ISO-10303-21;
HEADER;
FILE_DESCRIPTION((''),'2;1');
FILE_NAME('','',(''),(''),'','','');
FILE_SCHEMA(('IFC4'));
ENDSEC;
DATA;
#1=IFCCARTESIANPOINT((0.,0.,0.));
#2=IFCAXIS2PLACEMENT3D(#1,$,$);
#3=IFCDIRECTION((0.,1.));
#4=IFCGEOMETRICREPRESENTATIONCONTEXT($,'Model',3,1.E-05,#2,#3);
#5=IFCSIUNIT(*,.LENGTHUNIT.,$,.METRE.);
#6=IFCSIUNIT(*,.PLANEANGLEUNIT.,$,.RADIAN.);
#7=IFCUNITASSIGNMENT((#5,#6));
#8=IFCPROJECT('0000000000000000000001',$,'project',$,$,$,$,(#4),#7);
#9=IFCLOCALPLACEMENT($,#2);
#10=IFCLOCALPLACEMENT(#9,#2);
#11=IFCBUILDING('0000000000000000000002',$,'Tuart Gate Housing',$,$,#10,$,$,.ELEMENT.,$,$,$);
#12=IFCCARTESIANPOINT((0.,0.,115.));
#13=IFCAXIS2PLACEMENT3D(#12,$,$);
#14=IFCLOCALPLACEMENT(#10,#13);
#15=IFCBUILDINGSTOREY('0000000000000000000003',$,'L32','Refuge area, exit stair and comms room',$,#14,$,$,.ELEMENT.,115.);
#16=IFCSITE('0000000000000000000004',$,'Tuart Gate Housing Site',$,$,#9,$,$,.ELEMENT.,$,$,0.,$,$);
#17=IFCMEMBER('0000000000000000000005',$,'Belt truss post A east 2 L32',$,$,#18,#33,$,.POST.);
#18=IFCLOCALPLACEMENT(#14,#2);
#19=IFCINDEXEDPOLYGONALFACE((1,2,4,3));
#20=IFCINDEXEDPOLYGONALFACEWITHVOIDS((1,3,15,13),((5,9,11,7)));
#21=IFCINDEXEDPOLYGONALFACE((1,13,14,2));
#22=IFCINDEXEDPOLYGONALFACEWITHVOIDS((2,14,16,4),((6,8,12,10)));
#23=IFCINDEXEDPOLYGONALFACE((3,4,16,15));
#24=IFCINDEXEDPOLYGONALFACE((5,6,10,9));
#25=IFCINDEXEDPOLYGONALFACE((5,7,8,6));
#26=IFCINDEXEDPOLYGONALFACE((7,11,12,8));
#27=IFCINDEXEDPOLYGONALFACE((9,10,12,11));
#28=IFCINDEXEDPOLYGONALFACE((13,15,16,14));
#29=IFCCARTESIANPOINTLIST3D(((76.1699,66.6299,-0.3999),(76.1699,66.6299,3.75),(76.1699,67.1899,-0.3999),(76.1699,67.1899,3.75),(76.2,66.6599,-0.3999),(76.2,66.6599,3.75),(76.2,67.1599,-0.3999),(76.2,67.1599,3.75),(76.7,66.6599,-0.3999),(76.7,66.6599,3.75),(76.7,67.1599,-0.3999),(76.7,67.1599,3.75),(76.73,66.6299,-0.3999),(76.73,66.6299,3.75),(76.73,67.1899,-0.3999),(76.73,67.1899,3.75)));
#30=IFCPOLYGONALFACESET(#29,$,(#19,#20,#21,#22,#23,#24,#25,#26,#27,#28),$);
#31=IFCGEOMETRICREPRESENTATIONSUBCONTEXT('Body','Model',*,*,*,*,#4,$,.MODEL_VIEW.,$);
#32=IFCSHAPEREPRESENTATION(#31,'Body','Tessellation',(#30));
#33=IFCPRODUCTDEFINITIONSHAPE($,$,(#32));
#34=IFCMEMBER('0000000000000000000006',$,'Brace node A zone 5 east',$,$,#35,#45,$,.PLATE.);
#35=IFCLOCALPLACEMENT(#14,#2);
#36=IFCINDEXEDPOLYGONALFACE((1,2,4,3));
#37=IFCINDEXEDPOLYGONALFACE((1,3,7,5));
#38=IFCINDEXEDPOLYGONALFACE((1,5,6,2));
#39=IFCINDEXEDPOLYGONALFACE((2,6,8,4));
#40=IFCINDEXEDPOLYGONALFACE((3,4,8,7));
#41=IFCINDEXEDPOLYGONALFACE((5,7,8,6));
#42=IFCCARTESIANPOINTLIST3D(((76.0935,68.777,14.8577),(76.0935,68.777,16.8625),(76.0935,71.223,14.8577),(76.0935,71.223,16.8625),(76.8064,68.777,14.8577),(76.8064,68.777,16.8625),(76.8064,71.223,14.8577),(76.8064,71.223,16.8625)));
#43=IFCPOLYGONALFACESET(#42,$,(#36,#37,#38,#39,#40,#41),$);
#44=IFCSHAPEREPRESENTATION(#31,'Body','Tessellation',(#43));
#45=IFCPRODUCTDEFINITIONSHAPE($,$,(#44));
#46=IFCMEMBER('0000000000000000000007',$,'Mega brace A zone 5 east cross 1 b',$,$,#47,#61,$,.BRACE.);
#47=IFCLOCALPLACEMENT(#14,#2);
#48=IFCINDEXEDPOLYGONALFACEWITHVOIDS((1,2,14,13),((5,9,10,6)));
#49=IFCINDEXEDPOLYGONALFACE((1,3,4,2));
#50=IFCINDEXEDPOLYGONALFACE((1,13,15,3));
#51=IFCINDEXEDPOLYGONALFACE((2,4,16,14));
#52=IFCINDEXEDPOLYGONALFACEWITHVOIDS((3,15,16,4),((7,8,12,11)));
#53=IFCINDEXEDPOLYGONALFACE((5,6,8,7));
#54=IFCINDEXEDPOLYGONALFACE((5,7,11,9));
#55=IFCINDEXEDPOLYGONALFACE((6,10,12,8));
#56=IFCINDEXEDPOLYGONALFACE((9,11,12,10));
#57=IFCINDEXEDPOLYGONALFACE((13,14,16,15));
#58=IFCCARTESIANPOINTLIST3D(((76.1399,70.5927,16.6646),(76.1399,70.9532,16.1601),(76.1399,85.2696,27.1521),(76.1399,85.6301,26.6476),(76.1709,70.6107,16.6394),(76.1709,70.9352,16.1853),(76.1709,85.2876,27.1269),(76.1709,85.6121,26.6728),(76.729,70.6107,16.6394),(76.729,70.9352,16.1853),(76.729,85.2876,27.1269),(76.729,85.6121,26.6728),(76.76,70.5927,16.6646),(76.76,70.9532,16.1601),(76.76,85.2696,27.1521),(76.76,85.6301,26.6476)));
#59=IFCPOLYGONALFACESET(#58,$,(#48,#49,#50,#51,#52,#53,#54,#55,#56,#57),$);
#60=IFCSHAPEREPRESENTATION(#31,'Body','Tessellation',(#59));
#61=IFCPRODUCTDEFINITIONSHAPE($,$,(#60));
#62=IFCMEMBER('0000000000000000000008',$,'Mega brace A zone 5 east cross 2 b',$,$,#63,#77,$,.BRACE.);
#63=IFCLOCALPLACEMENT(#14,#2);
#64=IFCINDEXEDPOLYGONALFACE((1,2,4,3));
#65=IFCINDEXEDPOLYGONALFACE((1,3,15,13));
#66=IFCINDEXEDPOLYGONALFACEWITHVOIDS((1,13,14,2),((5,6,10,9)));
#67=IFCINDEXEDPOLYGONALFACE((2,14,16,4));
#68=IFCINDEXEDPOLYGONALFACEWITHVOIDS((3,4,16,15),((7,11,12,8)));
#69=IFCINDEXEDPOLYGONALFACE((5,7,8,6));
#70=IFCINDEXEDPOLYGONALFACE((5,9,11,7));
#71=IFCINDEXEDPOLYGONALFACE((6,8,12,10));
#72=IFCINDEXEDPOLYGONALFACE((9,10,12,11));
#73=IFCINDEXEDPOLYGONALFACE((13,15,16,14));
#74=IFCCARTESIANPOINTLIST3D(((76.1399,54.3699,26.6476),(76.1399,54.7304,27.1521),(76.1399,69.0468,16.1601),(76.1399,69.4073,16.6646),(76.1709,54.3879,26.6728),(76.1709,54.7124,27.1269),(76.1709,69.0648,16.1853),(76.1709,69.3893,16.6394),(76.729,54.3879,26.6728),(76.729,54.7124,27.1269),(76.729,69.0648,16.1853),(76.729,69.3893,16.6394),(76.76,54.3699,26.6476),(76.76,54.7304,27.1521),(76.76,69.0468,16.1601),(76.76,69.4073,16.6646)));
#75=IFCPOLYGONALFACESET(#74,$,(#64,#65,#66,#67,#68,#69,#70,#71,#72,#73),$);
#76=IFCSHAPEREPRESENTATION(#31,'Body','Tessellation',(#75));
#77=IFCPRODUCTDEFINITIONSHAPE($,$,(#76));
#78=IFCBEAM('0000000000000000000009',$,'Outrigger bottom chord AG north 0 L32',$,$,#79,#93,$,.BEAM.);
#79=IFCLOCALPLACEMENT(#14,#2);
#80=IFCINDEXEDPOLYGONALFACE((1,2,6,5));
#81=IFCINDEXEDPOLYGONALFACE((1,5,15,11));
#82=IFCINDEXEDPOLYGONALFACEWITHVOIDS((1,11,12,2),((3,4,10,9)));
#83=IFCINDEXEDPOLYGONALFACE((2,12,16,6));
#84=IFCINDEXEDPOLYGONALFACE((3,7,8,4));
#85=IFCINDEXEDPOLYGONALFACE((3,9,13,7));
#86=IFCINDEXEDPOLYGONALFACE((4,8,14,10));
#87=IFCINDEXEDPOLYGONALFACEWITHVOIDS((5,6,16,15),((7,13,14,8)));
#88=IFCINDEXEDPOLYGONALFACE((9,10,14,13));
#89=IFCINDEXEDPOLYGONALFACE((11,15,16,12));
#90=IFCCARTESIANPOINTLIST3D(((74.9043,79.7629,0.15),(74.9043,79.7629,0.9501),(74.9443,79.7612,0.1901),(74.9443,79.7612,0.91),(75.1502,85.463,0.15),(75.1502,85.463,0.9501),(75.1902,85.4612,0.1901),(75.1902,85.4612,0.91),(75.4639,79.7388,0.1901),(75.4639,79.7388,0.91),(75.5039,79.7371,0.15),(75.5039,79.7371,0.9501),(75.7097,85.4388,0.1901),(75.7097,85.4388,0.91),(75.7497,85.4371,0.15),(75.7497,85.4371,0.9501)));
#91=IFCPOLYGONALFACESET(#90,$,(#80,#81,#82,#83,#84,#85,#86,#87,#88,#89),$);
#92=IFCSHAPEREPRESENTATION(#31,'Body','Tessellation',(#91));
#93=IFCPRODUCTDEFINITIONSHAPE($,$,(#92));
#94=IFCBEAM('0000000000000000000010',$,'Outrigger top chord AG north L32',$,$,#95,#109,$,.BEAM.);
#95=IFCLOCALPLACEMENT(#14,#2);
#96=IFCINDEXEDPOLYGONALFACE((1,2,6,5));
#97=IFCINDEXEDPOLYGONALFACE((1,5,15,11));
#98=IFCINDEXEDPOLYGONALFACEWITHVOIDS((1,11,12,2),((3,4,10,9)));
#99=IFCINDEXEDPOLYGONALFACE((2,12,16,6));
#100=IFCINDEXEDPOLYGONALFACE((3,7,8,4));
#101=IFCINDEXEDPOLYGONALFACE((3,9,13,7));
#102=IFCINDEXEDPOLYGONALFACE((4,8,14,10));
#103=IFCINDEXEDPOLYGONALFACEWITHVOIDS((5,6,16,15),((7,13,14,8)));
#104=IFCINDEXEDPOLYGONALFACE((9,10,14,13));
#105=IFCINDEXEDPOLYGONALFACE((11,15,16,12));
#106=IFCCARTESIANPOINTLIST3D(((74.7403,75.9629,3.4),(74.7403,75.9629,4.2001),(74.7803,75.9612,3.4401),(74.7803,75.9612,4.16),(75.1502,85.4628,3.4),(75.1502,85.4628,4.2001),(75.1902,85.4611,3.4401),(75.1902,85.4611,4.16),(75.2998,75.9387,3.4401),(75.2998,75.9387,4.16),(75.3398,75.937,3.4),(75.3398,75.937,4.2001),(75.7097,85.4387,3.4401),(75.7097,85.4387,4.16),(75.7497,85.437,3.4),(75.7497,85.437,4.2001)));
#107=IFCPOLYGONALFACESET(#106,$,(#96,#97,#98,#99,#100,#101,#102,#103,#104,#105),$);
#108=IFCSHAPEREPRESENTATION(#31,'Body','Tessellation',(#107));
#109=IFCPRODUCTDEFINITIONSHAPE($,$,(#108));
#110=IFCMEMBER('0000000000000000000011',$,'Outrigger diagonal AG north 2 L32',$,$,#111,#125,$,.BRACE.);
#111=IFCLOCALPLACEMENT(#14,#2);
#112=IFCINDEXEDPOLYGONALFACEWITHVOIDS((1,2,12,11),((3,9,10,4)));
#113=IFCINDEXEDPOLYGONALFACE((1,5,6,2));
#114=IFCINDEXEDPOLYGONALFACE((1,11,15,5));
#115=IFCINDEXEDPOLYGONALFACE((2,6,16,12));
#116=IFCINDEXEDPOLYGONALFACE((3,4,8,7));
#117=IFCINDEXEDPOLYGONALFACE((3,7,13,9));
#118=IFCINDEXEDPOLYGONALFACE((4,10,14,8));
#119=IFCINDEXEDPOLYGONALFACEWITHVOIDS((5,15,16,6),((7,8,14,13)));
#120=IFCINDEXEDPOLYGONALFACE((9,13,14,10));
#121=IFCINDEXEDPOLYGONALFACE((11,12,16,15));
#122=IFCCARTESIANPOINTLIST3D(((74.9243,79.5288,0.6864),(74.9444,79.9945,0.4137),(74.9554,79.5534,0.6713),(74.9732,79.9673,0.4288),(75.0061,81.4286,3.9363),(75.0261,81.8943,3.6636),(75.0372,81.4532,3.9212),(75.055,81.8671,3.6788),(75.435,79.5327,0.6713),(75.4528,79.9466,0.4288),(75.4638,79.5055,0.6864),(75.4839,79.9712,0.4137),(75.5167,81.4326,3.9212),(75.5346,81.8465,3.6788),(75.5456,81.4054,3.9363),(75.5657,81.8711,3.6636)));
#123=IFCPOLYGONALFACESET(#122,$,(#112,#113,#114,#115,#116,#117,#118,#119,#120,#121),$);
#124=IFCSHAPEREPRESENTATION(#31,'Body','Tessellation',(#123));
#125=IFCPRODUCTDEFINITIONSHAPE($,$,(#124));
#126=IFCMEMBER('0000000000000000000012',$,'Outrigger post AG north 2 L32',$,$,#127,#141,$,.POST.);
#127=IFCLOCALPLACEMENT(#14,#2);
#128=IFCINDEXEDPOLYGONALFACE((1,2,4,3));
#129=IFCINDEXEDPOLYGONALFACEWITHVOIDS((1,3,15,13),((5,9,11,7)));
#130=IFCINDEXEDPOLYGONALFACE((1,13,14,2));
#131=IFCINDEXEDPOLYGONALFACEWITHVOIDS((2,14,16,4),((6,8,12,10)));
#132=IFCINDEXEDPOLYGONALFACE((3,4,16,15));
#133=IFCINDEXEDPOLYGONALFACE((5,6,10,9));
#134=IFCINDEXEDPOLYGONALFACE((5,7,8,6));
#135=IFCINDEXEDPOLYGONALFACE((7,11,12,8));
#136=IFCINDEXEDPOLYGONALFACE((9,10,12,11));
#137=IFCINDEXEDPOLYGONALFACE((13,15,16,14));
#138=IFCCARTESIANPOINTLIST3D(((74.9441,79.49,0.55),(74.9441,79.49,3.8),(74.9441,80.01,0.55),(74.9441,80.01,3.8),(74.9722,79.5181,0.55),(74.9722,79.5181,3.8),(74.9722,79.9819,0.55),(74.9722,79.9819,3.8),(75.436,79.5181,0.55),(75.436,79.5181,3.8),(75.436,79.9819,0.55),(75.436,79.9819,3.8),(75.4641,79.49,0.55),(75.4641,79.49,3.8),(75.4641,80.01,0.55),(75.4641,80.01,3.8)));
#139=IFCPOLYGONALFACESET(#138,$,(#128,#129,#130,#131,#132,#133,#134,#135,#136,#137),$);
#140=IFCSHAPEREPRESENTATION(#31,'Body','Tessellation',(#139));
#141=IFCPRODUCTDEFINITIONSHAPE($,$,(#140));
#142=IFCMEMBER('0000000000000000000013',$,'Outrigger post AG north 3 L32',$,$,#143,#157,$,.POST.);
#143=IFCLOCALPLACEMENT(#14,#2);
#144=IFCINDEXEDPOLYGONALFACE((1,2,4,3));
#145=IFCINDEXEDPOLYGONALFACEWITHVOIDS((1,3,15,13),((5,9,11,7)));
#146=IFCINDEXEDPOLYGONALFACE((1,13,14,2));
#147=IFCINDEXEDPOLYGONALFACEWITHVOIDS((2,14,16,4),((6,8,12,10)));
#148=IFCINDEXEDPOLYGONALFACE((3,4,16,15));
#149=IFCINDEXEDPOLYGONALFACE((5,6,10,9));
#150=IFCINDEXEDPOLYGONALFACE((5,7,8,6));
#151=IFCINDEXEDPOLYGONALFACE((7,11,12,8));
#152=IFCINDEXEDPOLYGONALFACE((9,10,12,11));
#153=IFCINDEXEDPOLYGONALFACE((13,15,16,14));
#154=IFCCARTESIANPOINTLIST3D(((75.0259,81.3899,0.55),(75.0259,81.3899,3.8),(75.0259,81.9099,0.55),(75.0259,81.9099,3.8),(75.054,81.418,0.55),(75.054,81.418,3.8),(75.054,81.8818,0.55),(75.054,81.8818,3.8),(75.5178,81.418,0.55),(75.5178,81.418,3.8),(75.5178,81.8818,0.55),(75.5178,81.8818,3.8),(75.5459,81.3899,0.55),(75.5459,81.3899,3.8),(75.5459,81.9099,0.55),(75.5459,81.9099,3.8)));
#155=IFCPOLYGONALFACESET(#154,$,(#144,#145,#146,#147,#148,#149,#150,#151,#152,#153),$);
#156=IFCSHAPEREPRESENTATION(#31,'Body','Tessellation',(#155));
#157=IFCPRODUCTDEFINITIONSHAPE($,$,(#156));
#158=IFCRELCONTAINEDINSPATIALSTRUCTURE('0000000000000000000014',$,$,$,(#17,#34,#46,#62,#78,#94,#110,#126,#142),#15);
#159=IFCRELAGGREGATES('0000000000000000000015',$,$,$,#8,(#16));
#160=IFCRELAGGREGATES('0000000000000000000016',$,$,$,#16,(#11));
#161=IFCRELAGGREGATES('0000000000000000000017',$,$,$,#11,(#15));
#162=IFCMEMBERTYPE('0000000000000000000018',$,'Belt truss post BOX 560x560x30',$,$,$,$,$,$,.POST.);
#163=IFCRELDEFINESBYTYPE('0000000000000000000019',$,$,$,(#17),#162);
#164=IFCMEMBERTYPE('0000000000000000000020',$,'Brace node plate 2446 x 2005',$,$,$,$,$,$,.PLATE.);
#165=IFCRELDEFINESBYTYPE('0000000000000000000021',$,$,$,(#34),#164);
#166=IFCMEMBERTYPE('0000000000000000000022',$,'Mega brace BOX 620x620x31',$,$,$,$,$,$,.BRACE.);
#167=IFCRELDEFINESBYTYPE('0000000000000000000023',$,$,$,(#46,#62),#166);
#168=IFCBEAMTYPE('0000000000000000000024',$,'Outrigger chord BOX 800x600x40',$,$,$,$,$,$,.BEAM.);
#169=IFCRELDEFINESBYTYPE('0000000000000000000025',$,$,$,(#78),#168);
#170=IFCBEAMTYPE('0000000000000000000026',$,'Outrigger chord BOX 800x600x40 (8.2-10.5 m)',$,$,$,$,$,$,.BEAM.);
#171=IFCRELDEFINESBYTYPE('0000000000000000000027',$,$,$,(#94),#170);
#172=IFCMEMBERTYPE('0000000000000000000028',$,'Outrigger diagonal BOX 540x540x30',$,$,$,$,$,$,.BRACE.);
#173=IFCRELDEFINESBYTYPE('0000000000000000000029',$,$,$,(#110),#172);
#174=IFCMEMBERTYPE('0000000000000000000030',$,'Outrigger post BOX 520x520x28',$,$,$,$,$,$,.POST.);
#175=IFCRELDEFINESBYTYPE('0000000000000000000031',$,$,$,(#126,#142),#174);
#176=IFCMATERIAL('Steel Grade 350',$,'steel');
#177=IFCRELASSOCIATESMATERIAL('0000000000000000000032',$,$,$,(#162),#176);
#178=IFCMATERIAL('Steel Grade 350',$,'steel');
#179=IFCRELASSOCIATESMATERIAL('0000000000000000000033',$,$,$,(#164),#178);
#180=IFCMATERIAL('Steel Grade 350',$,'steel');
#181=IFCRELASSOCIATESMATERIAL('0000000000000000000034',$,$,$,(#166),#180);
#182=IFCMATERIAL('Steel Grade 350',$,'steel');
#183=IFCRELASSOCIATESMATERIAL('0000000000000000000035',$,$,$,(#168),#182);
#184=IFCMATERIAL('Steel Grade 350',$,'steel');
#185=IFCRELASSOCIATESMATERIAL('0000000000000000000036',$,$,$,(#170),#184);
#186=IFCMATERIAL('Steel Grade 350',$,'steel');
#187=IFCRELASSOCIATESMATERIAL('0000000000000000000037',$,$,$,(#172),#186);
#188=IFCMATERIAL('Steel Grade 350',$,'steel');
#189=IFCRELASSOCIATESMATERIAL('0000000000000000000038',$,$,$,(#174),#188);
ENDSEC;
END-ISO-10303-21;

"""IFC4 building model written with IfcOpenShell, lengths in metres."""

from ifc_helpers import new_model, si_unit, direction, frame, origin, origin_2d, place, context, subcontext, project, spatial, rectangle, hollow_rectangle, extrude, material, material_profile, profile_set, type_object, element, save


model = new_model("IFC4")

# Units and contexts
model_context = context("Model", 3, precision=1e-05, world=origin(), true_north=direction((0.0, 1.0)))
body_context = subcontext(model_context, "Body", "Model", "MODEL_VIEW")
ifc_project = project(units=[si_unit("LENGTHUNIT", "METRE"), si_unit("PLANEANGLEUNIT", "RADIAN")], contexts=[model_context])

# Site, building, storey
site_placement = place(None, origin())
site = spatial("IfcSite", under=ifc_project, at=site_placement, Name="Tuart Gate Housing Site", CompositionType="ELEMENT", RefElevation=0.0)
building_placement = place(site_placement, origin())
building = spatial("IfcBuilding", under=site, at=building_placement, Name="Tuart Gate Housing", CompositionType="ELEMENT")
storey_placement = place(building_placement, frame((0.0, 0.0, 115.0)))
storey = spatial("IfcBuildingStorey", under=building, at=storey_placement, Name="L32", Description="Refuge area, exit stair and comms room", CompositionType="ELEMENT", Elevation=115.0)

# Members
ifc_material_1 = material(Name="Steel Grade 350", Category="steel")
ifc_material_profile_1 = material_profile(ifc_material_1, hollow_rectangle(XDim=0.5601, YDim=0.5601, WallThickness=0.03, at=origin_2d()), Name="BOX 560x560x30")
ifc_profile_set_1 = profile_set([ifc_material_profile_1], Name="Steel Grade 350")
member_type_1 = type_object("IfcMemberType", Name="Belt truss post BOX 560x560x30", PredefinedType="POST", material=ifc_profile_set_1)
member_1_placement = place(storey_placement, frame((76.45, 66.9099, -0.3999), z_axis=(0.0, 0.0, 1.0), x_axis=(1.0, 0.0, 0.0)))
element("IfcMember", 1, at=member_1_placement, inside=storey, type_object=member_type_1, Name="Belt truss post A east 2 L32", PredefinedType="POST", context=body_context, shape_type="SweptSolid", body=[
    extrude(hollow_rectangle(XDim=0.5601, YDim=0.5601, WallThickness=0.03, at=origin_2d()), origin(), (0.0, 0.0, 1.0), 4.1499),
])
ifc_material_2 = material(Name="Steel Grade 350", Category="steel")
ifc_material_profile_2 = material_profile(ifc_material_2, rectangle(XDim=2.446, YDim=2.0049, at=origin_2d()), Name="Brace node plate 2446 x 2005")
ifc_profile_set_2 = profile_set([ifc_material_profile_2], Name="Steel Grade 350")
member_type_2 = type_object("IfcMemberType", Name="Brace node plate 2446 x 2005", PredefinedType="PLATE", material=ifc_profile_set_2)
member_2_placement = place(storey_placement, frame((76.0935, 70.0, 15.8601), z_axis=(1.0, 0.0, 0.0), x_axis=(0.0, 1.0, 0.0)))
element("IfcMember", 2, at=member_2_placement, inside=storey, type_object=member_type_2, Name="Brace node A zone 5 east", PredefinedType="PLATE", context=body_context, shape_type="SweptSolid", body=[
    extrude(rectangle(XDim=2.446, YDim=2.0049, at=origin_2d()), origin(), (0.0, 0.0, 1.0), 0.7129),
])
ifc_material_3 = material(Name="Steel Grade 350", Category="steel")
ifc_material_profile_3 = material_profile(ifc_material_3, hollow_rectangle(XDim=0.6201, YDim=0.6201, WallThickness=0.031, at=origin_2d()), Name="BOX 620x620x31")
ifc_profile_set_3 = profile_set([ifc_material_profile_3], Name="Steel Grade 350")
member_type_3 = type_object("IfcMemberType", Name="Mega brace BOX 620x620x31", PredefinedType="BRACE", material=ifc_profile_set_3)
for number, where, z_axis, x_axis, name in (
    (3, (76.45, 70.7729, 16.4124), (0.0, 0.813629, 0.581384), (-1.0, 0.0, 0.0), "Mega brace A zone 5 east cross 1 b"),
    (4, (76.45, 69.2271, 16.4124), (0.0, -0.813629, 0.581384), (1.0, 0.0, 0.0), "Mega brace A zone 5 east cross 2 b"),
):
    element("IfcMember", number, at=place(storey_placement, frame(where, z_axis=z_axis, x_axis=x_axis)), inside=storey, type_object=member_type_3, Name=name, PredefinedType="BRACE", context=body_context, shape_type="SweptSolid", body=[
        extrude(hollow_rectangle(XDim=0.6201, YDim=0.6201, WallThickness=0.031, at=origin_2d()), origin(), (0.0, 0.0, 1.0), 18.0388),
    ])

# Beams
ifc_material_4 = material(Name="Steel Grade 350", Category="steel")
ifc_material_profile_4 = material_profile(ifc_material_4, hollow_rectangle(XDim=0.6001, YDim=0.8, WallThickness=0.04, at=origin_2d()), Name="BOX 800x600x40")
ifc_profile_set_4 = profile_set([ifc_material_profile_4], Name="Steel Grade 350")
beam_type_1 = type_object("IfcBeamType", Name="Outrigger chord BOX 800x600x40", PredefinedType="BEAM", material=ifc_profile_set_4)
beam_1_placement = place(storey_placement, frame((75.2041, 79.75, 0.55), z_axis=(0.043092, 0.999071, 0.0), x_axis=(-0.999071, 0.043092, 0.0)))
element("IfcBeam", 5, at=beam_1_placement, inside=storey, type_object=beam_type_1, Name="Outrigger bottom chord AG north 0 L32", PredefinedType="BEAM", context=body_context, shape_type="SweptSolid", body=[
    extrude(hollow_rectangle(XDim=0.6001, YDim=0.8, WallThickness=0.04, at=origin_2d()), origin(), (0.0, 0.0, 1.0), 5.7053),
])
ifc_material_5 = material(Name="Steel Grade 350", Category="steel")
ifc_material_profile_5 = material_profile(ifc_material_5, hollow_rectangle(XDim=0.6001, YDim=0.8, WallThickness=0.04, at=origin_2d()), Name="BOX 800x600x40")
ifc_profile_set_5 = profile_set([ifc_material_profile_5], Name="Steel Grade 350")
beam_type_2 = type_object("IfcBeamType", Name="Outrigger chord BOX 800x600x40 (8.2-10.5 m)", PredefinedType="BEAM", material=ifc_profile_set_5)
beam_2_placement = place(storey_placement, frame((75.04, 75.95, 3.8), z_axis=(0.043109, 0.99907, 0.0), x_axis=(-0.99907, 0.043109, 0.0)))
element("IfcBeam", 6, at=beam_2_placement, inside=storey, type_object=beam_type_2, Name="Outrigger top chord AG north L32", PredefinedType="BEAM", context=body_context, shape_type="SweptSolid", body=[
    extrude(hollow_rectangle(XDim=0.6001, YDim=0.8, WallThickness=0.04, at=origin_2d()), origin(), (0.0, 0.0, 1.0), 9.5088),
])

# Members
ifc_material_6 = material(Name="Steel Grade 350", Category="steel")
ifc_material_profile_6 = material_profile(ifc_material_6, hollow_rectangle(XDim=0.54, YDim=0.54, WallThickness=0.03, at=origin_2d()), Name="BOX 540x540x30")
ifc_profile_set_6 = profile_set([ifc_material_profile_6], Name="Steel Grade 350")
member_type_4 = type_object("IfcMemberType", Name="Outrigger diagonal BOX 540x540x30", PredefinedType="BRACE", material=ifc_profile_set_6)
member_3_placement = place(storey_placement, frame((75.2041, 79.75, 0.55), z_axis=(0.02172, 0.504558, 0.863104), x_axis=(-0.999075, 0.043008, 0.0)))
element("IfcMember", 7, at=member_3_placement, inside=storey, type_object=member_type_4, Name="Outrigger diagonal AG north 2 L32", PredefinedType="BRACE", context=body_context, shape_type="SweptSolid", body=[
    extrude(hollow_rectangle(XDim=0.54, YDim=0.54, WallThickness=0.03, at=origin_2d()), origin(), (0.0, 0.0, 1.0), 3.7654),
])
ifc_material_7 = material(Name="Steel Grade 350", Category="steel")
ifc_material_profile_7 = material_profile(ifc_material_7, hollow_rectangle(XDim=0.52, YDim=0.52, WallThickness=0.0281, at=origin_2d()), Name="BOX 520x520x28")
ifc_profile_set_7 = profile_set([ifc_material_profile_7], Name="Steel Grade 350")
member_type_5 = type_object("IfcMemberType", Name="Outrigger post BOX 520x520x28", PredefinedType="POST", material=ifc_profile_set_7)
for number, where, z_axis, x_axis, name in (
    (8, (75.2041, 79.75, 0.55), (0.0, 0.0, 1.0), (1.0, 0.0, 0.0), "Outrigger post AG north 2 L32"),
    (9, (75.2859, 81.6499, 0.55), (0.0, 0.0, 1.0), (1.0, 0.0, 0.0), "Outrigger post AG north 3 L32"),
):
    element("IfcMember", number, at=place(storey_placement, frame(where, z_axis=z_axis, x_axis=x_axis)), inside=storey, type_object=member_type_5, Name=name, PredefinedType="POST", context=body_context, shape_type="SweptSolid", body=[
        extrude(hollow_rectangle(XDim=0.52, YDim=0.52, WallThickness=0.0281, at=origin_2d()), origin(), (0.0, 0.0, 1.0), 3.25),
    ])

save(model, "model.ifc")
